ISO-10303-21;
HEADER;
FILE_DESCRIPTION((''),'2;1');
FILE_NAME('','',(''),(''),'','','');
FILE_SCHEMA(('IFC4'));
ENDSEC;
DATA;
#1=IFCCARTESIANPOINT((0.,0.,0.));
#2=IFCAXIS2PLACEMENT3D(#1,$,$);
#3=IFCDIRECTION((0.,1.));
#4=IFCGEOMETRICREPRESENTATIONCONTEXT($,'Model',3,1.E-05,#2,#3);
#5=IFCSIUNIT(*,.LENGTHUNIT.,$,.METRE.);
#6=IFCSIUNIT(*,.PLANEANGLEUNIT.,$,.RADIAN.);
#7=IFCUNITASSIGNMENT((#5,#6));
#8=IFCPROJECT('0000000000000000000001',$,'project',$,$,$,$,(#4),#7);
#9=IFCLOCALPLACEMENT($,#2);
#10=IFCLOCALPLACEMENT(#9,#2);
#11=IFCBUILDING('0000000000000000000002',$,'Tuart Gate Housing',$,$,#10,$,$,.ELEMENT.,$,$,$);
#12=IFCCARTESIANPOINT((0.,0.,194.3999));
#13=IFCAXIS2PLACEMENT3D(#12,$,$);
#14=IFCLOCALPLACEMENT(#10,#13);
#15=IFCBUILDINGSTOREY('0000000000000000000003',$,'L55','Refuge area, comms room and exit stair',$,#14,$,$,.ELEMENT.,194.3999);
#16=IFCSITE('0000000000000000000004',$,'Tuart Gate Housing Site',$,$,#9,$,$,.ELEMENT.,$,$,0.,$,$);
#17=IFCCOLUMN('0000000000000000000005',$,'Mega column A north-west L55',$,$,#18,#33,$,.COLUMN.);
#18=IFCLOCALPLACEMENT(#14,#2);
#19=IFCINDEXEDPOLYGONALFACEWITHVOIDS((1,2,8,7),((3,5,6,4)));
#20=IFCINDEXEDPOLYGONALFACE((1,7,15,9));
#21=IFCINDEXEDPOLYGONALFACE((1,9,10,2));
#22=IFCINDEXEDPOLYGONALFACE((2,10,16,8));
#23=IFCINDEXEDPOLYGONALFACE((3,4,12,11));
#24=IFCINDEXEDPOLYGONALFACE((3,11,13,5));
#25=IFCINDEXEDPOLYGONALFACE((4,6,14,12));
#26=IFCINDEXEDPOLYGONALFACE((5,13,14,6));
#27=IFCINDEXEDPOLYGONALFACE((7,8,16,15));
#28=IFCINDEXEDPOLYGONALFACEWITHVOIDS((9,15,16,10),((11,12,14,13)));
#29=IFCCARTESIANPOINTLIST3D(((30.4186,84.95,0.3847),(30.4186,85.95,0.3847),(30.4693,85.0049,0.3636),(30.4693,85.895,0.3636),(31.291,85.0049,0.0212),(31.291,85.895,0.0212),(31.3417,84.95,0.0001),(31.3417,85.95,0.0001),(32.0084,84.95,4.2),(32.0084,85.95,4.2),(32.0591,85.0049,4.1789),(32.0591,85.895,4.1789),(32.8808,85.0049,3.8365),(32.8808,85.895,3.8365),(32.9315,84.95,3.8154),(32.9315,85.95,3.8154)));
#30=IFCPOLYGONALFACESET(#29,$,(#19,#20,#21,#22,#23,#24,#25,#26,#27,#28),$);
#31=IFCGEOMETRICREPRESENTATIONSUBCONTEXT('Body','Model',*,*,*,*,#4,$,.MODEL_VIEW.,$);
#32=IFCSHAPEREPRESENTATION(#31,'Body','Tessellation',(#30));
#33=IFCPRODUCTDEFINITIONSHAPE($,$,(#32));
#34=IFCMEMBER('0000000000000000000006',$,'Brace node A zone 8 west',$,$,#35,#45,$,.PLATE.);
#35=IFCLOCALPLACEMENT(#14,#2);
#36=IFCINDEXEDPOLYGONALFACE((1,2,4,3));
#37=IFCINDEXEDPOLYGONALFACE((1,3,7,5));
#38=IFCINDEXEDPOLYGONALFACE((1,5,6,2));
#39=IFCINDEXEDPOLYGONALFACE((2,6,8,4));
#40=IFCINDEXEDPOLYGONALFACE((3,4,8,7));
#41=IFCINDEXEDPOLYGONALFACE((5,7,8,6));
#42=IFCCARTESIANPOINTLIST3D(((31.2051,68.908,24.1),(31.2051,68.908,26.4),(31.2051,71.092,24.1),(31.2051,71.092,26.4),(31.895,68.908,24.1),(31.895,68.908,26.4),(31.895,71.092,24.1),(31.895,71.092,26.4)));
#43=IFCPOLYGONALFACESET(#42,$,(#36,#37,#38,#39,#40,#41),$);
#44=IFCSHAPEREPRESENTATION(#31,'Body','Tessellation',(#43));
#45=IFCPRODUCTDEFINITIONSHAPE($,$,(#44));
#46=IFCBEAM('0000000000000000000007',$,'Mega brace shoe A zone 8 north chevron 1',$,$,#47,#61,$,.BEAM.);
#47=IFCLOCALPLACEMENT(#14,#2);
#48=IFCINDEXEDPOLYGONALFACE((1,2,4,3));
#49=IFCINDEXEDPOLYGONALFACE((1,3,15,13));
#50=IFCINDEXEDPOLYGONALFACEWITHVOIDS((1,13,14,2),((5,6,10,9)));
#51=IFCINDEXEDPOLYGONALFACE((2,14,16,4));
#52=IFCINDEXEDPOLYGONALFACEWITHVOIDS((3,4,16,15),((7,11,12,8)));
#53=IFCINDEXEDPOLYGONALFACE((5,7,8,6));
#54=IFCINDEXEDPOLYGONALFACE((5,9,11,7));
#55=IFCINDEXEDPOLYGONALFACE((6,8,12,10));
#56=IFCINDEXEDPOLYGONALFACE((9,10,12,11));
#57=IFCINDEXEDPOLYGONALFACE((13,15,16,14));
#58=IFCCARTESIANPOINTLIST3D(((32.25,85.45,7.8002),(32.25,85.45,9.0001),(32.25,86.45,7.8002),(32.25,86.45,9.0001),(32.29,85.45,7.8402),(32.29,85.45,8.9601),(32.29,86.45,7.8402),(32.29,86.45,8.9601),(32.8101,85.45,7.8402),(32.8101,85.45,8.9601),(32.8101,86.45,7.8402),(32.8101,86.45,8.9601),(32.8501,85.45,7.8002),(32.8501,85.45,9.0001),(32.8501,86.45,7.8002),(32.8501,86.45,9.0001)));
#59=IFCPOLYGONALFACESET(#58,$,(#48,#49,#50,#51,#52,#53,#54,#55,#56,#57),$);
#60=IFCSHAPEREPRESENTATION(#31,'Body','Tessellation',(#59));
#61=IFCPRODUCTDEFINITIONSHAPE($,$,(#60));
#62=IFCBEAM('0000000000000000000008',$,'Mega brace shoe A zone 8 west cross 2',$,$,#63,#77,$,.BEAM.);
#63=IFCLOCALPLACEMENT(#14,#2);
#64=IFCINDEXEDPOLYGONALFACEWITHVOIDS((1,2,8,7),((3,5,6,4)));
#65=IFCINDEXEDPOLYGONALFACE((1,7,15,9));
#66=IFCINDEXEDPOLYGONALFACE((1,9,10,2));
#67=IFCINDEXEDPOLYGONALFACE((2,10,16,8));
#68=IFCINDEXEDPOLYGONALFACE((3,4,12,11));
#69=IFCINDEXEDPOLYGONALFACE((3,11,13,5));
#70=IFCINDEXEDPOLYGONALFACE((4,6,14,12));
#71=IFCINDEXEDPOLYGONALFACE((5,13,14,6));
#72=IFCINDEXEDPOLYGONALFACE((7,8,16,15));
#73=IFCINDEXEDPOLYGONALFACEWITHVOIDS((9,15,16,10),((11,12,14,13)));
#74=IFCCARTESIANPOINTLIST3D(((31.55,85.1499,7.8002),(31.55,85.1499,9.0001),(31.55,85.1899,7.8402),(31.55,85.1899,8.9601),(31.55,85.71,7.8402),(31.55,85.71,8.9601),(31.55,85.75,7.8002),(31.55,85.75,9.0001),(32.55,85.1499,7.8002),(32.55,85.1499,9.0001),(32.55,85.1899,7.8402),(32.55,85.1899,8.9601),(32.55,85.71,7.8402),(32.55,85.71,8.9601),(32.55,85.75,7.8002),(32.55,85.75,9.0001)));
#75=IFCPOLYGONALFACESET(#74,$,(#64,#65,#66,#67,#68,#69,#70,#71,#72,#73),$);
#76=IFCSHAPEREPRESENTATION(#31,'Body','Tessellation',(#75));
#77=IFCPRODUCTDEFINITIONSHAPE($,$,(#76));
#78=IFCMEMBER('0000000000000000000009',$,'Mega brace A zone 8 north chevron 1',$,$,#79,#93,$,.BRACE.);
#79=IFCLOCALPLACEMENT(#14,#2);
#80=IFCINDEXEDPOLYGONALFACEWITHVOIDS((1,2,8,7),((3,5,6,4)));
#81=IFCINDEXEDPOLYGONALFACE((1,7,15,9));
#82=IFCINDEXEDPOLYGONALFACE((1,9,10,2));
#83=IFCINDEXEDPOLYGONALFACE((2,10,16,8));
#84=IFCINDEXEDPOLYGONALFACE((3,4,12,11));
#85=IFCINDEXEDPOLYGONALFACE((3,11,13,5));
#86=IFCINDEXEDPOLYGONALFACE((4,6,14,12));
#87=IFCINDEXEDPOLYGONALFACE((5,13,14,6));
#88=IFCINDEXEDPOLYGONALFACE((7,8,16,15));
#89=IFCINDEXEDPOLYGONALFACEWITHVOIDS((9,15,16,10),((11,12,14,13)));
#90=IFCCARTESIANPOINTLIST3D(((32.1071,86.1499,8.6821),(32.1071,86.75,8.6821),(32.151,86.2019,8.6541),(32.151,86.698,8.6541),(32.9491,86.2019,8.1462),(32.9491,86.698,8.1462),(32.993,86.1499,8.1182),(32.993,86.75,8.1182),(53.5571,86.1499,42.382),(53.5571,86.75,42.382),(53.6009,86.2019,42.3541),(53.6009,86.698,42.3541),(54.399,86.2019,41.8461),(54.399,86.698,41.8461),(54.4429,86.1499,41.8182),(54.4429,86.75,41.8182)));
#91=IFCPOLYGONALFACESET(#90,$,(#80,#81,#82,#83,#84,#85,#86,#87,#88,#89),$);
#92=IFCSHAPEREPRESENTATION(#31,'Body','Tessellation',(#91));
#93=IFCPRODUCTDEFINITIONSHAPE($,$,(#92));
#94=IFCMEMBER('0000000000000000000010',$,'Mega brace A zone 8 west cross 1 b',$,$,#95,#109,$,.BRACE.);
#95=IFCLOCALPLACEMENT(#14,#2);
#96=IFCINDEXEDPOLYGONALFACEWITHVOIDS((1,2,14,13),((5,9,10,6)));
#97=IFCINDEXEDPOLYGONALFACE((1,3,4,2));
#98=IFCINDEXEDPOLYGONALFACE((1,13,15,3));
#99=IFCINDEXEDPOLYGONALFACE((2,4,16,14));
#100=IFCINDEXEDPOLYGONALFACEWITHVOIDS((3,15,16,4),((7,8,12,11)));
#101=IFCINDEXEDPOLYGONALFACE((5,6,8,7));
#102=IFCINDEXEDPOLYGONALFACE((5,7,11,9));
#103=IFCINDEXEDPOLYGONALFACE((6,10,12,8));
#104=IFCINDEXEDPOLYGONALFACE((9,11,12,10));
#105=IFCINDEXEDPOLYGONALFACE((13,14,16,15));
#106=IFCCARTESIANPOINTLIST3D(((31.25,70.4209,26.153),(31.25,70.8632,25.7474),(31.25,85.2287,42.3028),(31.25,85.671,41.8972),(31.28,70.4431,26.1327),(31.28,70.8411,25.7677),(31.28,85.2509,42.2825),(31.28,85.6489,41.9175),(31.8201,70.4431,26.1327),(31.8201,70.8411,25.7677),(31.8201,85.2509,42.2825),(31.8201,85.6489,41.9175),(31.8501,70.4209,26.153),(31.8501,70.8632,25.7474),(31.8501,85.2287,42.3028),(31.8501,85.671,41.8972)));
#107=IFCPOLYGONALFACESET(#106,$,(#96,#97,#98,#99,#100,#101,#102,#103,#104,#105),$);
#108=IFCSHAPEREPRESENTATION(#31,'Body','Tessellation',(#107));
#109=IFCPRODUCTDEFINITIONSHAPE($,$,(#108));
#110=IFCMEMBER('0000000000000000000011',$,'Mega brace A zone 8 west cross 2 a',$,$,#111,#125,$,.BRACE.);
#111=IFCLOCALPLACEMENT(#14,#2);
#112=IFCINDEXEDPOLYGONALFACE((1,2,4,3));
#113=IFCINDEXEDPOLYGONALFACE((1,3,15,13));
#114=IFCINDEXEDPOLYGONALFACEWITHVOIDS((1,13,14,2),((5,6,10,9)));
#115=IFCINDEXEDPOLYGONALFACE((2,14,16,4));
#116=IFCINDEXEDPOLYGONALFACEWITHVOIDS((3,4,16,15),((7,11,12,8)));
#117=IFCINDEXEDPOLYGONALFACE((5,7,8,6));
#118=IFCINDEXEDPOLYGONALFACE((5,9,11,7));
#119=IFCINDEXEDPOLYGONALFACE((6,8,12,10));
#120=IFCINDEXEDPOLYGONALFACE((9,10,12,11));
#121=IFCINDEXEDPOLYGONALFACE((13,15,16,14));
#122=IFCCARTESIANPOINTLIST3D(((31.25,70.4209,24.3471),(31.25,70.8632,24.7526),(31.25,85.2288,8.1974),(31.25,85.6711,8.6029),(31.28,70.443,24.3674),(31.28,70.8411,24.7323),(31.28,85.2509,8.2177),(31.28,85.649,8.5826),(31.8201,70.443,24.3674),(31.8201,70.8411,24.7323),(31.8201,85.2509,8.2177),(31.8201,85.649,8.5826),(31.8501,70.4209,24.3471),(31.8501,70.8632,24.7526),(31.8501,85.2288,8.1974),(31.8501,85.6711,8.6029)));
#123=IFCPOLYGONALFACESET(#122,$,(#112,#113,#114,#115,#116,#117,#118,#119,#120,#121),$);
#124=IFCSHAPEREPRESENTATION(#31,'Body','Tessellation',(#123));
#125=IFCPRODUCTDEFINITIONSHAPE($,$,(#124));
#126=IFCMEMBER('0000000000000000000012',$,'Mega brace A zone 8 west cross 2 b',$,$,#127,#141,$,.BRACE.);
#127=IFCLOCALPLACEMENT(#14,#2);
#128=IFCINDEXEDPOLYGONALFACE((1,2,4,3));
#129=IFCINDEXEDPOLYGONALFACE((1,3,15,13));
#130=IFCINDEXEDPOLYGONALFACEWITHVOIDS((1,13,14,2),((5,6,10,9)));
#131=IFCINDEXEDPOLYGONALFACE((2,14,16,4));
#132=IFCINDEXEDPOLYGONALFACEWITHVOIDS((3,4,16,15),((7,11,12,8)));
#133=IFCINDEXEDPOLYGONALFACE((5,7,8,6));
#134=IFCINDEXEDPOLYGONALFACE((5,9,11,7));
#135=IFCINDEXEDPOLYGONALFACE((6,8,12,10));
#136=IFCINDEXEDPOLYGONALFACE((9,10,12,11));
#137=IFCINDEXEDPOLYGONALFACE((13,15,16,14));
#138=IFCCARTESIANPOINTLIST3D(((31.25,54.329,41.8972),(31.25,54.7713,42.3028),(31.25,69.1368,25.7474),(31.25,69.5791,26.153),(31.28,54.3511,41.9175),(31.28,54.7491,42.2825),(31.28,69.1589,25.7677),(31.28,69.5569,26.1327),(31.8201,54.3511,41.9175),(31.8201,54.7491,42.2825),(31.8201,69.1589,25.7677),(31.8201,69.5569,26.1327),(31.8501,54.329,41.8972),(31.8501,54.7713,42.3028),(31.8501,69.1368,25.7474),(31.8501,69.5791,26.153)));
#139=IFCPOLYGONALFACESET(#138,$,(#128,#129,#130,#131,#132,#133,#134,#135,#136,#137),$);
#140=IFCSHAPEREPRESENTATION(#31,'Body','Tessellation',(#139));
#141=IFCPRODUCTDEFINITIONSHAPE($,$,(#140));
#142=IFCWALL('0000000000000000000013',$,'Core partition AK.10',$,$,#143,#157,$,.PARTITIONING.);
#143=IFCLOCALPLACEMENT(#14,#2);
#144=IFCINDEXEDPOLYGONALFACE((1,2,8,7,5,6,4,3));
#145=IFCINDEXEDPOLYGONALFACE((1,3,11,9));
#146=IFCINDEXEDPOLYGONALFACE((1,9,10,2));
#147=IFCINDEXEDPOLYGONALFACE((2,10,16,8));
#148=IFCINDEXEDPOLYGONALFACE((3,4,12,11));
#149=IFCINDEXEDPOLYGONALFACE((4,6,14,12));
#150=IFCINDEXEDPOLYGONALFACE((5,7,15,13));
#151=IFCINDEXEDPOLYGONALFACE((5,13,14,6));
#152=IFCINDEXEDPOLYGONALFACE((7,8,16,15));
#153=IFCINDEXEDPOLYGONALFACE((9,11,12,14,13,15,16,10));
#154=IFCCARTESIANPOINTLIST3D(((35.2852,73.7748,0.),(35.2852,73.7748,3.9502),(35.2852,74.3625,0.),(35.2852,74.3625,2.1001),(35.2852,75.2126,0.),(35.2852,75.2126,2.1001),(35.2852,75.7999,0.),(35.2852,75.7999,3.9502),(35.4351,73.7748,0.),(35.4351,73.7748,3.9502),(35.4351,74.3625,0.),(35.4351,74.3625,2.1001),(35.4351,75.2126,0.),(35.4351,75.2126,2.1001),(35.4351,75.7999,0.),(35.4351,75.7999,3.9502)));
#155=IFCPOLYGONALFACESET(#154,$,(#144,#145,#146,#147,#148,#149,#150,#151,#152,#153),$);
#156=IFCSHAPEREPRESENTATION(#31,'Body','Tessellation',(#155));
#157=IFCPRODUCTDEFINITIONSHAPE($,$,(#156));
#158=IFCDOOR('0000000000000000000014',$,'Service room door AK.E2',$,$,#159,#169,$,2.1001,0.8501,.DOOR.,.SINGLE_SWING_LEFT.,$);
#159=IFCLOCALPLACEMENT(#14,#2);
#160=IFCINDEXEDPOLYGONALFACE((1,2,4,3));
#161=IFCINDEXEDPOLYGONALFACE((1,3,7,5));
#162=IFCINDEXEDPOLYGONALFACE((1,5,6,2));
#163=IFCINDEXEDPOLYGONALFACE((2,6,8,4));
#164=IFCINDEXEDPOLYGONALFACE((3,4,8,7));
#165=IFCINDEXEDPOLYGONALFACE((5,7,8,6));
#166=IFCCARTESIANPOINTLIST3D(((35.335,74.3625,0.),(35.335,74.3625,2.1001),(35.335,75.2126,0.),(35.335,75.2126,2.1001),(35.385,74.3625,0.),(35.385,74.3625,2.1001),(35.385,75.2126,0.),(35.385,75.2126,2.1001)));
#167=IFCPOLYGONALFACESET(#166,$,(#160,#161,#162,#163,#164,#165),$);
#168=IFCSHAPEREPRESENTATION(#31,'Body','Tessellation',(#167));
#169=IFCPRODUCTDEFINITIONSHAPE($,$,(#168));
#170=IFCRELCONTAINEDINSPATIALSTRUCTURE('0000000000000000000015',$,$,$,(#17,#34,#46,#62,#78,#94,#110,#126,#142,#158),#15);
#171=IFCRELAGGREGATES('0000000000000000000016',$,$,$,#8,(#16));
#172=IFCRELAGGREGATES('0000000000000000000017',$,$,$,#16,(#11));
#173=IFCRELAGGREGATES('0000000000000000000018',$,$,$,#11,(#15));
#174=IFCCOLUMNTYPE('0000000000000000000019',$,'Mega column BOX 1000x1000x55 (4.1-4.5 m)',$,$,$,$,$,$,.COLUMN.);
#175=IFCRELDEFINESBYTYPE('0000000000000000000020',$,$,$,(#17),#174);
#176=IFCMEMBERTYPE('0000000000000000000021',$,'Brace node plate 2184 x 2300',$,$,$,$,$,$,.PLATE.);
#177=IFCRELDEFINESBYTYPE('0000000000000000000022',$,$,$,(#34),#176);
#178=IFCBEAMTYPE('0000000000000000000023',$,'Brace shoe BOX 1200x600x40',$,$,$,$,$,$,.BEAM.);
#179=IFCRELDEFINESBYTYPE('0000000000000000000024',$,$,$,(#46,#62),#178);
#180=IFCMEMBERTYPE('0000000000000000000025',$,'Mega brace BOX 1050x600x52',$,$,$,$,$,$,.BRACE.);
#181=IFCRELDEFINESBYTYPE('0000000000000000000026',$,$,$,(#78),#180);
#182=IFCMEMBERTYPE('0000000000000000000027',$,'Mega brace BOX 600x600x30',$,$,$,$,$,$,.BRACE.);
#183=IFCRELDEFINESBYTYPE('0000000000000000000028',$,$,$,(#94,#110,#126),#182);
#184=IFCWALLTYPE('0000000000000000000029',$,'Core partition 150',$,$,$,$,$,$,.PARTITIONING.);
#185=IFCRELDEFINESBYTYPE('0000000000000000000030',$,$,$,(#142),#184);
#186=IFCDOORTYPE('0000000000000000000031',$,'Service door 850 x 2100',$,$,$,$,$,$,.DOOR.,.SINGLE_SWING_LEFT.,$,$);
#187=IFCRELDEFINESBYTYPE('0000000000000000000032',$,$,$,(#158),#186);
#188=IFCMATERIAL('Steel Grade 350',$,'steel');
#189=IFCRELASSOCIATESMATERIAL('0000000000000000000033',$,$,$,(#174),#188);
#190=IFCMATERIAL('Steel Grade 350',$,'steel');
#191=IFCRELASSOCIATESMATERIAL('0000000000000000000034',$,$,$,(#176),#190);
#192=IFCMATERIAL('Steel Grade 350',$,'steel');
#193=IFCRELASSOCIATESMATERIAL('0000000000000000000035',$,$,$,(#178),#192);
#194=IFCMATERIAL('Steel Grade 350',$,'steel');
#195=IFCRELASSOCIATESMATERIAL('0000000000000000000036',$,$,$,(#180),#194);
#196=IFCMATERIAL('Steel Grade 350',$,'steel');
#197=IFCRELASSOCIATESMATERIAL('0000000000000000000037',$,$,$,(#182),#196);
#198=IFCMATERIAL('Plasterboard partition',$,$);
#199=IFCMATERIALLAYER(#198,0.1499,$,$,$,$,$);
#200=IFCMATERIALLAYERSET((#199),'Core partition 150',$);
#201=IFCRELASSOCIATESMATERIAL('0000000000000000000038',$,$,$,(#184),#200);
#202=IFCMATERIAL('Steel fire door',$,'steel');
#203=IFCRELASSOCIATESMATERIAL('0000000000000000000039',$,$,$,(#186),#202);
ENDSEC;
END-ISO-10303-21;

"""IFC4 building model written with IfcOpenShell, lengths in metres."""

from ifc_helpers import new_model, si_unit, direction, frame, frame_2d, origin, origin_2d, place, context, subcontext, project, spatial, rectangle, hollow_rectangle, extrude, material, layer, layer_set, material_profile, profile_set, type_object, element, fill, save


model = new_model("IFC4")

# Units and contexts
model_context = context("Model", 3, precision=1e-05, world=origin(), true_north=direction((0.0, 1.0)))
body_context = subcontext(model_context, "Body", "Model", "MODEL_VIEW")
ifc_project = project(units=[si_unit("LENGTHUNIT", "METRE"), si_unit("PLANEANGLEUNIT", "RADIAN")], contexts=[model_context])

# Site, building, storey
site_placement = place(None, origin())
site = spatial("IfcSite", under=ifc_project, at=site_placement, Name="Tuart Gate Housing Site", CompositionType="ELEMENT", RefElevation=0.0)
building_placement = place(site_placement, origin())
building = spatial("IfcBuilding", under=site, at=building_placement, Name="Tuart Gate Housing", CompositionType="ELEMENT")
storey_placement = place(building_placement, frame((0.0, 0.0, 194.3999)))
storey = spatial("IfcBuildingStorey", under=building, at=storey_placement, Name="L55", Description="Refuge area, comms room and exit stair", CompositionType="ELEMENT", Elevation=194.3999)

# Column
ifc_material_1 = material(Name="Steel Grade 350", Category="steel")
ifc_material_profile_1 = material_profile(ifc_material_1, hollow_rectangle(XDim=1.0, YDim=1.0, WallThickness=0.0549, at=origin_2d()), Name="BOX 1000x1000x55")
ifc_profile_set_1 = profile_set([ifc_material_profile_1], Name="Steel Grade 350")
column_type = type_object("IfcColumnType", Name="Mega column BOX 1000x1000x55 (4.1-4.5 m)", PredefinedType="COLUMN", material=ifc_profile_set_1)
column_placement = place(storey_placement, frame((30.8801, 85.45, 0.1924), z_axis=(0.384632, 0.0, 0.92307), x_axis=(0.0, 1.0, 0.0)))
element("IfcColumn", 1, at=column_placement, inside=storey, type_object=column_type, Name="Mega column A north-west L55", PredefinedType="COLUMN", context=body_context, shape_type="SweptSolid", body=[
    extrude(hollow_rectangle(XDim=1.0, YDim=1.0, WallThickness=0.0549, at=origin_2d()), origin(), (0.0, 0.0, 1.0), 4.1333),
])

# Member
ifc_material_2 = material(Name="Steel Grade 350", Category="steel")
ifc_material_profile_2 = material_profile(ifc_material_2, rectangle(XDim=2.1841, YDim=2.3, at=origin_2d()), Name="Brace node plate 2184 x 2300")
ifc_profile_set_2 = profile_set([ifc_material_profile_2], Name="Steel Grade 350")
member_type_1 = type_object("IfcMemberType", Name="Brace node plate 2184 x 2300", PredefinedType="PLATE", material=ifc_profile_set_2)
member_1_placement = place(storey_placement, frame((31.2051, 70.0, 25.25), z_axis=(1.0, 0.0, 0.0), x_axis=(0.0, 1.0, 0.0)))
element("IfcMember", 2, at=member_1_placement, inside=storey, type_object=member_type_1, Name="Brace node A zone 8 west", PredefinedType="PLATE", context=body_context, shape_type="SweptSolid", body=[
    extrude(rectangle(XDim=2.1841, YDim=2.3, at=origin_2d()), origin(), (0.0, 0.0, 1.0), 0.6899),
])

# Beams
ifc_material_3 = material(Name="Steel Grade 350", Category="steel")
ifc_material_profile_3 = material_profile(ifc_material_3, hollow_rectangle(XDim=0.6001, YDim=1.2, WallThickness=0.04, at=origin_2d()), Name="BOX 1200x600x40")
ifc_profile_set_3 = profile_set([ifc_material_profile_3], Name="Steel Grade 350")
beam_type = type_object("IfcBeamType", Name="Brace shoe BOX 1200x600x40", PredefinedType="BEAM", material=ifc_profile_set_3)
for number, where, z_axis, x_axis, name in (
    (3, (32.55, 85.45, 8.4001), (0.0, 1.0, 0.0), (-1.0, 0.0, 0.0), "Mega brace shoe A zone 8 north chevron 1"),
    (4, (32.55, 85.45, 8.4001), (-1.0, 0.0, 0.0), (0.0, -1.0, 0.0), "Mega brace shoe A zone 8 west cross 2"),
):
    element("IfcBeam", number, at=place(storey_placement, frame(where, z_axis=z_axis, x_axis=x_axis)), inside=storey, type_object=beam_type, Name=name, PredefinedType="BEAM", context=body_context, shape_type="SweptSolid", body=[
        extrude(hollow_rectangle(XDim=0.6001, YDim=1.2, WallThickness=0.04, at=origin_2d()), origin(), (0.0, 0.0, 1.0), 1.0),
    ])

# Members
ifc_material_4 = material(Name="Steel Grade 350", Category="steel")
ifc_material_profile_4 = material_profile(ifc_material_4, hollow_rectangle(XDim=0.6001, YDim=1.05, WallThickness=0.052, at=origin_2d()), Name="BOX 1050x600x52")
ifc_profile_set_4 = profile_set([ifc_material_profile_4], Name="Steel Grade 350")
member_type_2 = type_object("IfcMemberType", Name="Mega brace BOX 1050x600x52", PredefinedType="BRACE", material=ifc_profile_set_4)
member_2_placement = place(storey_placement, frame((32.55, 86.45, 8.4001), z_axis=(0.536956, 0.0, 0.84361), x_axis=(0.0, 1.0, 0.0)))
element("IfcMember", 5, at=member_2_placement, inside=storey, type_object=member_type_2, Name="Mega brace A zone 8 north chevron 1", PredefinedType="BRACE", context=body_context, shape_type="SweptSolid", body=[
    extrude(hollow_rectangle(XDim=0.6001, YDim=1.05, WallThickness=0.052, at=origin_2d()), origin(), (0.0, 0.0, 1.0), 39.9473),
])
ifc_material_5 = material(Name="Steel Grade 350", Category="steel")
ifc_material_profile_5 = material_profile(ifc_material_5, hollow_rectangle(XDim=0.6001, YDim=0.6001, WallThickness=0.03, at=origin_2d()), Name="BOX 600x600x30")
ifc_profile_set_5 = profile_set([ifc_material_profile_5], Name="Steel Grade 350")
member_type_3 = type_object("IfcMemberType", Name="Mega brace BOX 600x600x30", PredefinedType="BRACE", material=ifc_profile_set_5)
for number, where, z_axis, x_axis, name in (
    (6, (31.55, 70.6421, 25.9502), (0.0, 0.675818, 0.737068), (-1.0, 0.0, 0.0), "Mega brace A zone 8 west cross 1 b"),
    (7, (31.55, 85.45, 8.4001), (0.0, -0.675824, 0.737063), (1.0, 0.0, 0.0), "Mega brace A zone 8 west cross 2 a"),
    (8, (31.55, 69.3579, 25.9502), (0.0, -0.675818, 0.737068), (1.0, 0.0, 0.0), "Mega brace A zone 8 west cross 2 b"),
):
    element("IfcMember", number, at=place(storey_placement, frame(where, z_axis=z_axis, x_axis=x_axis)), inside=storey, type_object=member_type_3, Name=name, PredefinedType="BRACE", context=body_context, shape_type="SweptSolid", body=[
        extrude(hollow_rectangle(XDim=0.6001, YDim=0.6001, WallThickness=0.03, at=origin_2d()), origin(), (0.0, 0.0, 1.0), 21.9109),
    ])

# Wall, opening, door
ifc_material_6 = material(Name="Plasterboard partition")
ifc_layer = layer(ifc_material_6, 0.1499)
ifc_layer_set = layer_set([ifc_layer], Name="Core partition 150")
wall_type = type_object("IfcWallType", Name="Core partition 150", PredefinedType="PARTITIONING", material=ifc_layer_set)
wall_placement = place(storey_placement, frame((35.3601, 75.8, 0.0), z_axis=(0.0, 0.0, 1.0), x_axis=(0.0, -1.0, 0.0)))
wall = element("IfcWall", 9, at=wall_placement, inside=storey, type_object=wall_type, Name="Core partition AK.10", PredefinedType="PARTITIONING", context=body_context, shape_type="SweptSolid", body=[
    extrude(rectangle(XDim=2.0251, YDim=0.1499, at=frame_2d((1.0127, 0.0))), origin(), (0.0, 0.0, 1.0), 3.9502),
])
opening_placement = place(wall_placement, frame((0.5874, 0.0, 0.0)))
opening = element("IfcOpeningElement", 10, at=opening_placement, cuts=wall, PredefinedType="OPENING", context=body_context, shape_type="SweptSolid", body=[
    extrude(rectangle(XDim=0.8501, YDim=2.1001, at=frame_2d((0.425, 1.05))), frame((0.0, 0.085, 0.0), z_axis=(0.0, -1.0, 0.0), x_axis=(1.0, 0.0, 0.0)), (0.0, 0.0, 1.0), 0.1699),
])
ifc_material_7 = material(Name="Steel fire door", Category="steel")
door_type = type_object("IfcDoorType", Name="Service door 850 x 2100", OperationType="SINGLE_SWING_LEFT", PredefinedType="DOOR", material=ifc_material_7)
door_placement = place(opening_placement, origin())
door = element("IfcDoor", 11, at=door_placement, inside=storey, type_object=door_type, Name="Service room door AK.E2", OperationType="SINGLE_SWING_LEFT", OverallHeight=2.1001, OverallWidth=0.8501, PredefinedType="DOOR", context=body_context, shape_type="SweptSolid", body=[
    extrude(rectangle(XDim=0.8501, YDim=2.1001, at=frame_2d((0.425, 1.05))), frame((0.0, 0.0249, 0.0), z_axis=(0.0, -1.0, 0.0), x_axis=(1.0, 0.0, 0.0)), (0.0, 0.0, 1.0), 0.05),
])
fill(opening, door)

save(model, "model.ifc")
